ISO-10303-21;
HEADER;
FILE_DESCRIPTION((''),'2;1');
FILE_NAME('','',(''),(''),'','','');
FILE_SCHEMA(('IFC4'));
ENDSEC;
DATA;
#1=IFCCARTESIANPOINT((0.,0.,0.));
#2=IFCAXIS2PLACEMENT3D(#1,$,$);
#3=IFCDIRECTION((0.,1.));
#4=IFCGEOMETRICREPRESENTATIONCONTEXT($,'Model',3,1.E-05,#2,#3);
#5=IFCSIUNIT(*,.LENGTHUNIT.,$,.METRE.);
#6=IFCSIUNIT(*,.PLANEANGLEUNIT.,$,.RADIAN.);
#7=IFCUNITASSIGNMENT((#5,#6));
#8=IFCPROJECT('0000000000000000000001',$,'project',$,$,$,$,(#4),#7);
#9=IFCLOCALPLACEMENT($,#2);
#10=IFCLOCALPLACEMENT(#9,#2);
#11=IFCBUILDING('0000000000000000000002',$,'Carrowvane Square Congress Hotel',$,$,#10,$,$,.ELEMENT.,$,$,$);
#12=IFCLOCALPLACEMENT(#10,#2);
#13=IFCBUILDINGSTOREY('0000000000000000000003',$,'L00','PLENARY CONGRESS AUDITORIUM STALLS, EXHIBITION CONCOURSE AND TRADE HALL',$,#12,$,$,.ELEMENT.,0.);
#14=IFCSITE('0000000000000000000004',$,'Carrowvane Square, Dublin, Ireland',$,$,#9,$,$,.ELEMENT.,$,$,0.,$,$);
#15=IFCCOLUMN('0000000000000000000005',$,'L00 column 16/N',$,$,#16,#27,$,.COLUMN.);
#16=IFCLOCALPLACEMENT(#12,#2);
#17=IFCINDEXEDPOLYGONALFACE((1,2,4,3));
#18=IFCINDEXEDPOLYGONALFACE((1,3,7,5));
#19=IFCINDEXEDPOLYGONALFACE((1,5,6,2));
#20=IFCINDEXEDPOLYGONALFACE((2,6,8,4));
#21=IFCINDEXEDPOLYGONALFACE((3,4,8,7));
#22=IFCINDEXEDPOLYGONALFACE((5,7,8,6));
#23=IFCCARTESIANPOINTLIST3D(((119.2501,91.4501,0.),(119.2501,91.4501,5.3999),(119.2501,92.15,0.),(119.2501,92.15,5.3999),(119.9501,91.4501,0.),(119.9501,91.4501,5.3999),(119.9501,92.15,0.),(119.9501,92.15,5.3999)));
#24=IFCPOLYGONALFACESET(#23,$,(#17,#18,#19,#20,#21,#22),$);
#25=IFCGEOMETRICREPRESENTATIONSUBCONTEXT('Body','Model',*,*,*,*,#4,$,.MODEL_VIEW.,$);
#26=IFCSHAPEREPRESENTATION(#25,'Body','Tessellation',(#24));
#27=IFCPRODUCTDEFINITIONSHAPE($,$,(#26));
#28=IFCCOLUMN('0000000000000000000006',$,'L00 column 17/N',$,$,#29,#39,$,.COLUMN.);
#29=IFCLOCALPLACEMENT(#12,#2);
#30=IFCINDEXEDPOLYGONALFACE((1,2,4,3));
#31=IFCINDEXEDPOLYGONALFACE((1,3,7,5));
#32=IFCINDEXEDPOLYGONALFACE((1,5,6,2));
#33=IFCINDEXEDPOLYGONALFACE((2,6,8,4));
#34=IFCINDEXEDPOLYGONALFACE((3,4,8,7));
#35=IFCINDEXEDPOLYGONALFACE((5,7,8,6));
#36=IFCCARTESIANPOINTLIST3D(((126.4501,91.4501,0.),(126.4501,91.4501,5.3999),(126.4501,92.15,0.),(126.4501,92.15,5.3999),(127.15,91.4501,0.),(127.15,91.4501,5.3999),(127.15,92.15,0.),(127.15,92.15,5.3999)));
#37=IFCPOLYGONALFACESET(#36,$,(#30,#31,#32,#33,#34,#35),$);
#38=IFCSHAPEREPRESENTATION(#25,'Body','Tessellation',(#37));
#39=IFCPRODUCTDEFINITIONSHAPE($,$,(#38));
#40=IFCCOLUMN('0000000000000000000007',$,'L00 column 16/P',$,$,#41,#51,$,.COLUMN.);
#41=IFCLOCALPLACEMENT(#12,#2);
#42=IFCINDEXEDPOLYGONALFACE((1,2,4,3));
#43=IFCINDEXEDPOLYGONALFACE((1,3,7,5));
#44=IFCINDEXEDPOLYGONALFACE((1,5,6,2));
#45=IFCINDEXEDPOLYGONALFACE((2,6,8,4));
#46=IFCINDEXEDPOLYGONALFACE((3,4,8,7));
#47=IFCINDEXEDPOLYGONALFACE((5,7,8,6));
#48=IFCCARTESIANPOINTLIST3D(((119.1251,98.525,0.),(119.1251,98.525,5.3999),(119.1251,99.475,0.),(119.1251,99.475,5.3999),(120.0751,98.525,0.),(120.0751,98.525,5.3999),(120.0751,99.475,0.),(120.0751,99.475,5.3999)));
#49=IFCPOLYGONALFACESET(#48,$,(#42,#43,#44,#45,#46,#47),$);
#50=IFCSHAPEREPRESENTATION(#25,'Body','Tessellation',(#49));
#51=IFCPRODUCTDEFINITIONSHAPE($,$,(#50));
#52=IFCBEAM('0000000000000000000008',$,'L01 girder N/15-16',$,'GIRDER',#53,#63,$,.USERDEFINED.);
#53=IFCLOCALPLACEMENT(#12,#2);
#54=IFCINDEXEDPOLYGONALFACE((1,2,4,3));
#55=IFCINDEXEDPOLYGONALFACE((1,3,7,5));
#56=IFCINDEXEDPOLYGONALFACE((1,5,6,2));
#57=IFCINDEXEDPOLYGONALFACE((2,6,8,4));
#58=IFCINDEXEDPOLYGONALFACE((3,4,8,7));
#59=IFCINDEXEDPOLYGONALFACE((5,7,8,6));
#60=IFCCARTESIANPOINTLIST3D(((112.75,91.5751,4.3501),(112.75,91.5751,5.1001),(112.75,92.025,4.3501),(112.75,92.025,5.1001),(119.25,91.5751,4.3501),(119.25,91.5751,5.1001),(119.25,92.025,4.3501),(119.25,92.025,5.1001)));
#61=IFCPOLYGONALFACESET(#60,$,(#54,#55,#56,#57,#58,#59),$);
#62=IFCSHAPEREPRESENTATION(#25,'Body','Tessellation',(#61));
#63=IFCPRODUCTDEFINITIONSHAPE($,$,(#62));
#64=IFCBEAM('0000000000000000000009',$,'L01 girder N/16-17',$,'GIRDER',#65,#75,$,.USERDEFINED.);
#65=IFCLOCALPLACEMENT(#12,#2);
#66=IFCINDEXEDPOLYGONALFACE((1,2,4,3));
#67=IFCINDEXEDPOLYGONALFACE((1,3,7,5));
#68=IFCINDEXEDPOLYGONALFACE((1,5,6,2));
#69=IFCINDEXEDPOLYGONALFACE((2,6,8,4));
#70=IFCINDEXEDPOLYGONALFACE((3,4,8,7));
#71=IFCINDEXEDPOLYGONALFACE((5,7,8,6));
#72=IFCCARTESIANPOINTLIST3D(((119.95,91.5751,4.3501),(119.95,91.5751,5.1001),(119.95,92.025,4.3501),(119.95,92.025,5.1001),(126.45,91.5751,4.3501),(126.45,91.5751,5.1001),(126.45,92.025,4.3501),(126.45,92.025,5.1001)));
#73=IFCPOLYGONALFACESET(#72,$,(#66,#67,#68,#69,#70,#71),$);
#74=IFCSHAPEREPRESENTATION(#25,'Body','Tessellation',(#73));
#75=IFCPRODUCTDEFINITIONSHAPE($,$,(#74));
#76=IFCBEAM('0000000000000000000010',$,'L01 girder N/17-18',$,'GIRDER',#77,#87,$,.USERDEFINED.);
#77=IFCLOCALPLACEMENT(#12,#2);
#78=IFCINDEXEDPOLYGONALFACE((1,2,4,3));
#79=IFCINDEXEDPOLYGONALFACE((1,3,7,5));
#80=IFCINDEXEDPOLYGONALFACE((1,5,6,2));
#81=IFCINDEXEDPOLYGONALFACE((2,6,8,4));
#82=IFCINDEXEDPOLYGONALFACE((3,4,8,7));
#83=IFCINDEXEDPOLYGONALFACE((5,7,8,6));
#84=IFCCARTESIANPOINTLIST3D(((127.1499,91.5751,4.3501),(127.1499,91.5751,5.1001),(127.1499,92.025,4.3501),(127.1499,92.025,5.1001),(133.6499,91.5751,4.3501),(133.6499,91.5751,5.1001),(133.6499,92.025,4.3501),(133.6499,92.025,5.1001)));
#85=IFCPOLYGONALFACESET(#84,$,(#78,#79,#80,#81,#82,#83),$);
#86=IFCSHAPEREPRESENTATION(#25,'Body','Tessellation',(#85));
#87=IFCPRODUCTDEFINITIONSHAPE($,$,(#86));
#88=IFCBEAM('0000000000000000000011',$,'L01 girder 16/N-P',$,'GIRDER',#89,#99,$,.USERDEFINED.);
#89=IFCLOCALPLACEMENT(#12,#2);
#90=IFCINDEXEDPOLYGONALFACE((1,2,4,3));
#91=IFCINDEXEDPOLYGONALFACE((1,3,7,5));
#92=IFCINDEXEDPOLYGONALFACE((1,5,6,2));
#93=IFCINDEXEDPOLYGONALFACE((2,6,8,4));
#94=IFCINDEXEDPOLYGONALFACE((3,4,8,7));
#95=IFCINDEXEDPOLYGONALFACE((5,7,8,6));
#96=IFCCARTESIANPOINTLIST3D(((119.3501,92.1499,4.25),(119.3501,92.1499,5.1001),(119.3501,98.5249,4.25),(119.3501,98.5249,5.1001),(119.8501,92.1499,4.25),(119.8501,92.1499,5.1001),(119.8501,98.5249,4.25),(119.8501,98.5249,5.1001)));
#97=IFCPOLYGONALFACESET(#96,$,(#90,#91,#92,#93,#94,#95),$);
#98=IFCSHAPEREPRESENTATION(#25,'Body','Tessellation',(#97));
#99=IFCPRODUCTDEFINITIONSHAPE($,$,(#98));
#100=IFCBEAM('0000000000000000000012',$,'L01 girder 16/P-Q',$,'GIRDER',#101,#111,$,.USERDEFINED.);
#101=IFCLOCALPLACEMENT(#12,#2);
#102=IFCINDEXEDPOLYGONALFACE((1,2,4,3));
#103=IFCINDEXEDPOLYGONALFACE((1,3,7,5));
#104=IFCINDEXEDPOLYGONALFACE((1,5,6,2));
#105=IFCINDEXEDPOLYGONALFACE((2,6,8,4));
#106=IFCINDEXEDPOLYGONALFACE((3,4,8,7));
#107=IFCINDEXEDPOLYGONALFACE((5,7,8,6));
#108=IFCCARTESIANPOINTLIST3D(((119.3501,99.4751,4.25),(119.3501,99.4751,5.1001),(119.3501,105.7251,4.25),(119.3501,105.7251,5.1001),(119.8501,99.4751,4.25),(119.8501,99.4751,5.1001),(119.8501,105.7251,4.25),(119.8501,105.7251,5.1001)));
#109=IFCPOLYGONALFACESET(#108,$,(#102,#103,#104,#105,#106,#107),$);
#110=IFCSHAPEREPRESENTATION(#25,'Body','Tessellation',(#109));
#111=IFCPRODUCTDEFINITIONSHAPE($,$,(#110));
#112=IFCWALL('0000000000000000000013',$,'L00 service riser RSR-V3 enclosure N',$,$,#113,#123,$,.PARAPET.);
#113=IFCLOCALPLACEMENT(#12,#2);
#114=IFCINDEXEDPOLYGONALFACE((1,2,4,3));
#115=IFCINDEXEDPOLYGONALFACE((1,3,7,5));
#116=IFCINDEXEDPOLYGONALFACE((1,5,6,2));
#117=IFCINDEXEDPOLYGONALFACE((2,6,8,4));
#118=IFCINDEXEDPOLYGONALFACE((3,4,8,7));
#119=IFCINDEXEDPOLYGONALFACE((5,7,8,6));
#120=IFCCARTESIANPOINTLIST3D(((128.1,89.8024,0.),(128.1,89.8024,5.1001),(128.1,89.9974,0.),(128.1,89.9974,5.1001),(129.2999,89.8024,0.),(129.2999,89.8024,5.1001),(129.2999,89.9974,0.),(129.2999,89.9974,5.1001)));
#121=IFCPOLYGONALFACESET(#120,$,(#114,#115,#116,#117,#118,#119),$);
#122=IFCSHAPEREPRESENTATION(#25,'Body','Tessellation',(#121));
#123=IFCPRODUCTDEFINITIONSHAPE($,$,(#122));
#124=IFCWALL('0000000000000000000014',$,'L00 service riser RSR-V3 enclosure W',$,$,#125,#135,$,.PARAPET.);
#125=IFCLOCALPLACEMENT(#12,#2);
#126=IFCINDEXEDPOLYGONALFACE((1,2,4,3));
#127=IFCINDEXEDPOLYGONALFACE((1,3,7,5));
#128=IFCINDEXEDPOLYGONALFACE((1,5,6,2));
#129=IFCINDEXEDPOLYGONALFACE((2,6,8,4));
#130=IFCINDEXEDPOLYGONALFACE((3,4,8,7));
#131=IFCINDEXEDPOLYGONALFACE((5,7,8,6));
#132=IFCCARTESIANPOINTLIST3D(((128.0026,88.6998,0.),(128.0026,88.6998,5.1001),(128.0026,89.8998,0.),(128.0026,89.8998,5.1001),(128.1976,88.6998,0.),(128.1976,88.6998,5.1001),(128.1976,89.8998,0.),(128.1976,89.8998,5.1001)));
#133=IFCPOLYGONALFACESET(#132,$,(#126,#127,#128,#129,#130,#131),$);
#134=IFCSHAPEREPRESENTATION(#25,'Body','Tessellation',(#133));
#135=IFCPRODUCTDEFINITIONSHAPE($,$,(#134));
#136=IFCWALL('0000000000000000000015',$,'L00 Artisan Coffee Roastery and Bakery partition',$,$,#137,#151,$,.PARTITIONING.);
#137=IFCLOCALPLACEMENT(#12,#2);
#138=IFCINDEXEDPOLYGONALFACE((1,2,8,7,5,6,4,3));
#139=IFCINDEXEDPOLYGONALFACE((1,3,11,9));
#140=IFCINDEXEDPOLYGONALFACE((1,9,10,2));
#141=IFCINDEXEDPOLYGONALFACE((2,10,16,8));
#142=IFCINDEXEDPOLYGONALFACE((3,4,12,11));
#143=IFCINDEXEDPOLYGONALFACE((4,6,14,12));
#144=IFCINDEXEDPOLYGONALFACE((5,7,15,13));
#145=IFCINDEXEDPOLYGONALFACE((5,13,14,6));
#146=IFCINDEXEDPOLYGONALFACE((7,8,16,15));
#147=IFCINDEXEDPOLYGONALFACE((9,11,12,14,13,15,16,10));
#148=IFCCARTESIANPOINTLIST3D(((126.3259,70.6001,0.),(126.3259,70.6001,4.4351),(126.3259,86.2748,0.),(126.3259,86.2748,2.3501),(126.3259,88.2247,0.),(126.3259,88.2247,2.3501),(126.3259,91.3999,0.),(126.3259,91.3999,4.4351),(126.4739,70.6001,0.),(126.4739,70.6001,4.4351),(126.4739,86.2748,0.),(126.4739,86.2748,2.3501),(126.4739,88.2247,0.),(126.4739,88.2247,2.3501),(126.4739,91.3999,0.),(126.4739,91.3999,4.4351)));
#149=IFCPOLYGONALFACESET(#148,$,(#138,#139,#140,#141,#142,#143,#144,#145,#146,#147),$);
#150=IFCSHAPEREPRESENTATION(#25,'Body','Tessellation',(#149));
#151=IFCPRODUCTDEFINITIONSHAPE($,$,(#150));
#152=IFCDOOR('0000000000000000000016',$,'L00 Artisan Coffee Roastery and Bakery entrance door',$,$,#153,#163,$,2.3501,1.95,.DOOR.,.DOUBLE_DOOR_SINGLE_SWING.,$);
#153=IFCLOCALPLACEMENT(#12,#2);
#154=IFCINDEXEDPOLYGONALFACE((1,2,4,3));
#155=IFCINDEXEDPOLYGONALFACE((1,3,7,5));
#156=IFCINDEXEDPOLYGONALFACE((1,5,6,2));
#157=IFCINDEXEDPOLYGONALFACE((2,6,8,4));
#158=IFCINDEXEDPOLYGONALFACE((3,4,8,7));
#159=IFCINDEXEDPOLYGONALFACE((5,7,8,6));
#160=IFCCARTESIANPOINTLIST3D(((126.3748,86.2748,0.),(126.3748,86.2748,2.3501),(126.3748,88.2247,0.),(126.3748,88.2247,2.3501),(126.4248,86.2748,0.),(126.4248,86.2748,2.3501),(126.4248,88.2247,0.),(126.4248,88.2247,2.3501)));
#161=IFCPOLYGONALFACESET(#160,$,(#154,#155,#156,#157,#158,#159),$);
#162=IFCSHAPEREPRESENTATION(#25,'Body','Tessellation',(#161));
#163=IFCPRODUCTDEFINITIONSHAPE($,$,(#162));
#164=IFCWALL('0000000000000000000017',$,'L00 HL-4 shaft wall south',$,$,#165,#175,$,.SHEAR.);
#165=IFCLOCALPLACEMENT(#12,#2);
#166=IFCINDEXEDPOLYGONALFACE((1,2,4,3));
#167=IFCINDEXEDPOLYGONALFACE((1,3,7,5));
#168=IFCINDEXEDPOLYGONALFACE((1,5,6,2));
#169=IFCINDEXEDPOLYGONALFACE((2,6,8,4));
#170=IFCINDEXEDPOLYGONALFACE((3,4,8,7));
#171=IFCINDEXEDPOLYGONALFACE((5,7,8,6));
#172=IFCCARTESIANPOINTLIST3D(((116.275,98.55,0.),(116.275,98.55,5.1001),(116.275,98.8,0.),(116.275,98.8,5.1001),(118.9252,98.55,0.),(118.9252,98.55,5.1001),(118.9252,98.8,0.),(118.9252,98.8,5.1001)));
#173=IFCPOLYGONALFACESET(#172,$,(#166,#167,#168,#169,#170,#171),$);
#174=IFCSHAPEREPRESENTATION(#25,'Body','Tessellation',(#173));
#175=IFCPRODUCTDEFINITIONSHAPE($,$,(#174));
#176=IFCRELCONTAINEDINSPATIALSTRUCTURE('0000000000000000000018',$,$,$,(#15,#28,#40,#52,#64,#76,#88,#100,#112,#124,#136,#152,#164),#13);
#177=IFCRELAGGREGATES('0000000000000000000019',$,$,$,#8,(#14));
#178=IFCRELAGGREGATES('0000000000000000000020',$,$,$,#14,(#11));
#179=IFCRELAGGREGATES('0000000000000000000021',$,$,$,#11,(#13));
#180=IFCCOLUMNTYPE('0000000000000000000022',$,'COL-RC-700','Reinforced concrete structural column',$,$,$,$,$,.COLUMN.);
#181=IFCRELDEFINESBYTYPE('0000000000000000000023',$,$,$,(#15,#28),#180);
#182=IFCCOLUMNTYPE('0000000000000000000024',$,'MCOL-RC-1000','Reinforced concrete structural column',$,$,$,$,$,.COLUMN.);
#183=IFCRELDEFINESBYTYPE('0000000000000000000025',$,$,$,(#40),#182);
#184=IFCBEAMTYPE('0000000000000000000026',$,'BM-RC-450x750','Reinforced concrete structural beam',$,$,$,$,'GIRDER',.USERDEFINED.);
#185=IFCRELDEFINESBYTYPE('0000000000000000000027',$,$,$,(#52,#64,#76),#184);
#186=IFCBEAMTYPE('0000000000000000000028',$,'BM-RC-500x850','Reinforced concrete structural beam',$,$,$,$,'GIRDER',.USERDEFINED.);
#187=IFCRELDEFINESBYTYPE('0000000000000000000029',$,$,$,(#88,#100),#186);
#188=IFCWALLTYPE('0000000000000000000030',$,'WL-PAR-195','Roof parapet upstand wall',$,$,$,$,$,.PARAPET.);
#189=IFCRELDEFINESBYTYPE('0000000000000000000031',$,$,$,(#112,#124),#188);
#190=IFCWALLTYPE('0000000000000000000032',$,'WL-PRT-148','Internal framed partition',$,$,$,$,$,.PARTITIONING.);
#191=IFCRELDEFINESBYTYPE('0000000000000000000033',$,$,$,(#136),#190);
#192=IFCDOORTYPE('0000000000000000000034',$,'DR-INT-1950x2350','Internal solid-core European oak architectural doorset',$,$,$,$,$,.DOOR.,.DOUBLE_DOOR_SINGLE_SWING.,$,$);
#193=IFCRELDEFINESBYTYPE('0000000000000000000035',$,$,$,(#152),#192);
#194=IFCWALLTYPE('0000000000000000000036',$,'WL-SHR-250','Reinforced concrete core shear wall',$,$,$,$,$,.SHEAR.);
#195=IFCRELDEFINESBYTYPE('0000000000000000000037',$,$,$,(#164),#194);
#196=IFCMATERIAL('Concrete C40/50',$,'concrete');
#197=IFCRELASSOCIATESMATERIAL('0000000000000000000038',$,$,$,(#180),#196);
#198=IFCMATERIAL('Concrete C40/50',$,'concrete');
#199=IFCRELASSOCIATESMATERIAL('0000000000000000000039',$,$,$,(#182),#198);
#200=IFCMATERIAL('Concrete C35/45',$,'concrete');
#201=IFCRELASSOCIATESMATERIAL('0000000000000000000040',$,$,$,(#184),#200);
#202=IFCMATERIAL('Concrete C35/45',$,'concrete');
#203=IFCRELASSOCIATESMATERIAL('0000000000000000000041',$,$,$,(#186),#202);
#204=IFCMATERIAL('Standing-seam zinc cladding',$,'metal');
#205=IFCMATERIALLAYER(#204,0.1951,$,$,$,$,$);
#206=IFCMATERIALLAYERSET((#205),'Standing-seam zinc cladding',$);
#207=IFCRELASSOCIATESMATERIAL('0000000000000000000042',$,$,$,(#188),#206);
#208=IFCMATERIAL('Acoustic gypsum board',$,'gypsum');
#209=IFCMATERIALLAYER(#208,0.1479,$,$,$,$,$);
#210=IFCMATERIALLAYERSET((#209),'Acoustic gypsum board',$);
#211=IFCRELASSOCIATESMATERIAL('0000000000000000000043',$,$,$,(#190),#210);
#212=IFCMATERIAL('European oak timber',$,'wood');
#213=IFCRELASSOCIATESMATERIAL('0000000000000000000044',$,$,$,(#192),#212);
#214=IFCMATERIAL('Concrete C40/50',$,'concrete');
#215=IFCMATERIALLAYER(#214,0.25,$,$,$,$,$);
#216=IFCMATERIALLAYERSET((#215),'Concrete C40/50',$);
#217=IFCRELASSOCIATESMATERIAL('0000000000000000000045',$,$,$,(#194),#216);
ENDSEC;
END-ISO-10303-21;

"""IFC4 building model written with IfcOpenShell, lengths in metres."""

from ifc_helpers import new_model, si_unit, direction, frame, frame_2d, origin, origin_2d, place, context, subcontext, project, spatial, rectangle, extrude, material, layer, layer_set, material_profile, profile_set, type_object, element, fill, save


model = new_model("IFC4")

# Units and contexts
model_context = context("Model", 3, precision=1e-05, world=origin(), true_north=direction((0.0, 1.0)))
body_context = subcontext(model_context, "Body", "Model", "MODEL_VIEW")
ifc_project = project(units=[si_unit("LENGTHUNIT", "METRE"), si_unit("PLANEANGLEUNIT", "RADIAN")], contexts=[model_context])

# Site, building, storey
site_placement = place(None, origin())
site = spatial("IfcSite", under=ifc_project, at=site_placement, Name="Carrowvane Square, Dublin, Ireland", CompositionType="ELEMENT", RefElevation=0.0)
building_placement = place(site_placement, origin())
building = spatial("IfcBuilding", under=site, at=building_placement, Name="Carrowvane Square Congress Hotel", CompositionType="ELEMENT")
storey_placement = place(building_placement, origin())
storey = spatial("IfcBuildingStorey", under=building, at=storey_placement, Name="L00", Description="PLENARY CONGRESS AUDITORIUM STALLS, EXHIBITION CONCOURSE AND TRADE HALL", CompositionType="ELEMENT", Elevation=0.0)

# Columns
ifc_material_1 = material(Name="Concrete C40/50", Category="concrete")
ifc_material_profile_1 = material_profile(ifc_material_1, rectangle(XDim=0.7, YDim=0.7, at=origin_2d()), Name="RC 700x700")
ifc_profile_set_1 = profile_set([ifc_material_profile_1], Name="Concrete C40/50")
column_type_1 = type_object("IfcColumnType", Name="COL-RC-700", Description="Reinforced concrete structural column", PredefinedType="COLUMN", material=ifc_profile_set_1)
for number, where, z_axis, x_axis, name in (
    (1, (119.6001, 91.8, 0.0), (0.0, 0.0, 1.0), (1.0, 0.0, 0.0), "L00 column 16/N"),
    (2, (126.8, 91.8, 0.0), (0.0, 0.0, 1.0), (1.0, 0.0, 0.0), "L00 column 17/N"),
):
    element("IfcColumn", number, at=place(storey_placement, frame(where, z_axis=z_axis, x_axis=x_axis)), inside=storey, type_object=column_type_1, Name=name, PredefinedType="COLUMN", context=body_context, shape_type="SweptSolid", body=[
        extrude(rectangle(XDim=0.7, YDim=0.7, at=origin_2d()), origin(), (0.0, 0.0, 1.0), 5.3999),
    ])
ifc_material_2 = material(Name="Concrete C40/50", Category="concrete")
ifc_material_profile_2 = material_profile(ifc_material_2, rectangle(XDim=0.95, YDim=0.95, at=origin_2d()), Name="RC 950x950")
ifc_profile_set_2 = profile_set([ifc_material_profile_2], Name="Concrete C40/50")
column_type_2 = type_object("IfcColumnType", Name="MCOL-RC-1000", Description="Reinforced concrete structural column", PredefinedType="COLUMN", material=ifc_profile_set_2)
column_placement = place(storey_placement, frame((119.6001, 99.0, 0.0), z_axis=(0.0, 0.0, 1.0), x_axis=(1.0, 0.0, 0.0)))
element("IfcColumn", 3, at=column_placement, inside=storey, type_object=column_type_2, Name="L00 column 16/P", PredefinedType="COLUMN", context=body_context, shape_type="SweptSolid", body=[
    extrude(rectangle(XDim=0.95, YDim=0.95, at=origin_2d()), origin(), (0.0, 0.0, 1.0), 5.3999),
])

# Beams
ifc_material_3 = material(Name="Concrete C35/45", Category="concrete")
ifc_material_profile_3 = material_profile(ifc_material_3, rectangle(XDim=0.45, YDim=0.75, at=origin_2d()), Name="RC 450x750")
ifc_profile_set_3 = profile_set([ifc_material_profile_3], Name="Concrete C35/45")
beam_type_1 = type_object("IfcBeamType", Name="BM-RC-450x750", Description="Reinforced concrete structural beam", ElementType="GIRDER", PredefinedType="USERDEFINED", material=ifc_profile_set_3)
for number, where, z_axis, x_axis, name in (
    (4, (112.75, 91.8, 4.7251), (1.0, 0.0, 0.0), (0.0, 1.0, 0.0), "L01 girder N/15-16"),
    (5, (119.95, 91.8, 4.7251), (1.0, 0.0, 0.0), (0.0, 1.0, 0.0), "L01 girder N/16-17"),
    (6, (127.1499, 91.8, 4.7251), (1.0, 0.0, 0.0), (0.0, 1.0, 0.0), "L01 girder N/17-18"),
):
    element("IfcBeam", number, at=place(storey_placement, frame(where, z_axis=z_axis, x_axis=x_axis)), inside=storey, type_object=beam_type_1, Name=name, ObjectType="GIRDER", PredefinedType="USERDEFINED", context=body_context, shape_type="SweptSolid", body=[
        extrude(rectangle(XDim=0.45, YDim=0.75, at=origin_2d()), origin(), (0.0, 0.0, 1.0), 6.5),
    ])
ifc_material_4 = material(Name="Concrete C35/45", Category="concrete")
ifc_material_profile_4 = material_profile(ifc_material_4, rectangle(XDim=0.5, YDim=0.8501, at=origin_2d()), Name="RC 500x850")
ifc_profile_set_4 = profile_set([ifc_material_profile_4], Name="Concrete C35/45")
beam_type_2 = type_object("IfcBeamType", Name="BM-RC-500x850", Description="Reinforced concrete structural beam", ElementType="GIRDER", PredefinedType="USERDEFINED", material=ifc_profile_set_4)
beam_1_placement = place(storey_placement, frame((119.6001, 92.1499, 4.675), z_axis=(0.0, 1.0, 0.0), x_axis=(-1.0, 0.0, 0.0)))
element("IfcBeam", 7, at=beam_1_placement, inside=storey, type_object=beam_type_2, Name="L01 girder 16/N-P", ObjectType="GIRDER", PredefinedType="USERDEFINED", context=body_context, shape_type="SweptSolid", body=[
    extrude(rectangle(XDim=0.5, YDim=0.8501, at=origin_2d()), origin(), (0.0, 0.0, 1.0), 6.375),
])
beam_2_placement = place(storey_placement, frame((119.6001, 99.4751, 4.675), z_axis=(0.0, 1.0, 0.0), x_axis=(-1.0, 0.0, 0.0)))
element("IfcBeam", 8, at=beam_2_placement, inside=storey, type_object=beam_type_2, Name="L01 girder 16/P-Q", ObjectType="GIRDER", PredefinedType="USERDEFINED", context=body_context, shape_type="SweptSolid", body=[
    extrude(rectangle(XDim=0.5, YDim=0.8501, at=origin_2d()), origin(), (0.0, 0.0, 1.0), 6.25),
])

# Walls
ifc_material_5 = material(Name="Standing-seam zinc cladding", Category="metal")
ifc_layer_1 = layer(ifc_material_5, 0.1951)
ifc_layer_set_1 = layer_set([ifc_layer_1], Name="Standing-seam zinc cladding")
wall_type_1 = type_object("IfcWallType", Name="WL-PAR-195", Description="Roof parapet upstand wall", PredefinedType="PARAPET", material=ifc_layer_set_1)
for number, where, z_axis, x_axis, name in (
    (9, (129.3, 89.8999, 0.0), (0.0, 0.0, 1.0), (-1.0, 0.0, 0.0), "L00 service riser RSR-V3 enclosure N"),
    (10, (128.1001, 89.8999, 0.0), (0.0, 0.0, 1.0), (0.0, -1.0, 0.0), "L00 service riser RSR-V3 enclosure W"),
):
    element("IfcWall", number, at=place(storey_placement, frame(where, z_axis=z_axis, x_axis=x_axis)), inside=storey, type_object=wall_type_1, Name=name, PredefinedType="PARAPET", context=body_context, shape_type="SweptSolid", body=[
        extrude(rectangle(XDim=1.2, YDim=0.1951, at=frame_2d((0.6001, 0.0))), origin(), (0.0, 0.0, 1.0), 5.1001),
    ])

# Wall, opening, door
ifc_material_6 = material(Name="Acoustic gypsum board", Category="gypsum")
ifc_layer_2 = layer(ifc_material_6, 0.1479)
ifc_layer_set_2 = layer_set([ifc_layer_2], Name="Acoustic gypsum board")
wall_type_2 = type_object("IfcWallType", Name="WL-PRT-148", Description="Internal framed partition", PredefinedType="PARTITIONING", material=ifc_layer_set_2)
wall_1_placement = place(storey_placement, frame((126.3999, 91.3999, 0.0), z_axis=(0.0, 0.0, 1.0), x_axis=(0.0, -1.0, 0.0)))
wall_1 = element("IfcWall", 11, at=wall_1_placement, inside=storey, type_object=wall_type_2, Name="L00 Artisan Coffee Roastery and Bakery partition", PredefinedType="PARTITIONING", context=body_context, shape_type="SweptSolid", body=[
    extrude(rectangle(XDim=20.7998, YDim=0.1479, at=frame_2d((10.3999, 0.0))), origin(), (0.0, 0.0, 1.0), 4.4351),
])
opening_1_placement = place(wall_1_placement, frame((3.175, 0.0, 0.0)))
opening_1 = element("IfcOpeningElement", 12, at=opening_1_placement, cuts=wall_1, PredefinedType="OPENING", context=body_context, shape_type="SweptSolid", body=[
    extrude(rectangle(XDim=1.95, YDim=2.3501, at=frame_2d((0.9751, 1.175))), frame((0.0, 0.084, 0.0), z_axis=(0.0, -1.0, 0.0), x_axis=(1.0, 0.0, 0.0)), (0.0, 0.0, 1.0), 0.168),
])
ifc_material_7 = material(Name="European oak timber", Category="wood")
door_type_1 = type_object("IfcDoorType", Name="DR-INT-1950x2350", Description="Internal solid-core European oak architectural doorset", OperationType="DOUBLE_DOOR_SINGLE_SWING", PredefinedType="DOOR", material=ifc_material_7)
door_1_placement = place(opening_1_placement, origin())
door_1 = element("IfcDoor", 13, at=door_1_placement, inside=storey, type_object=door_type_1, Name="L00 Artisan Coffee Roastery and Bakery entrance door", OperationType="DOUBLE_DOOR_SINGLE_SWING", OverallHeight=2.3501, OverallWidth=1.95, PredefinedType="DOOR", context=body_context, shape_type="SweptSolid", body=[
    extrude(rectangle(XDim=1.95, YDim=2.3501, at=frame_2d((0.9751, 1.175))), frame((0.0, 0.0249, 0.0), z_axis=(0.0, -1.0, 0.0), x_axis=(1.0, 0.0, 0.0)), (0.0, 0.0, 1.0), 0.05),
])
fill(opening_1, door_1)

# Wall
ifc_material_8 = material(Name="Concrete C40/50", Category="concrete")
ifc_layer_3 = layer(ifc_material_8, 0.25)
ifc_layer_set_3 = layer_set([ifc_layer_3], Name="Concrete C40/50")
wall_type_3 = type_object("IfcWallType", Name="WL-SHR-250", Description="Reinforced concrete core shear wall", PredefinedType="SHEAR", material=ifc_layer_set_3)
wall_2_placement = place(storey_placement, frame((116.2749, 98.675, 0.0), z_axis=(0.0, 0.0, 1.0), x_axis=(1.0, 0.0, 0.0)))
element("IfcWall", 14, at=wall_2_placement, inside=storey, type_object=wall_type_3, Name="L00 HL-4 shaft wall south", PredefinedType="SHEAR", context=body_context, shape_type="SweptSolid", body=[
    extrude(rectangle(XDim=2.6501, YDim=0.25, at=frame_2d((1.3252, 0.0))), origin(), (0.0, 0.0, 1.0), 5.1001),
])

save(model, "model.ifc")
